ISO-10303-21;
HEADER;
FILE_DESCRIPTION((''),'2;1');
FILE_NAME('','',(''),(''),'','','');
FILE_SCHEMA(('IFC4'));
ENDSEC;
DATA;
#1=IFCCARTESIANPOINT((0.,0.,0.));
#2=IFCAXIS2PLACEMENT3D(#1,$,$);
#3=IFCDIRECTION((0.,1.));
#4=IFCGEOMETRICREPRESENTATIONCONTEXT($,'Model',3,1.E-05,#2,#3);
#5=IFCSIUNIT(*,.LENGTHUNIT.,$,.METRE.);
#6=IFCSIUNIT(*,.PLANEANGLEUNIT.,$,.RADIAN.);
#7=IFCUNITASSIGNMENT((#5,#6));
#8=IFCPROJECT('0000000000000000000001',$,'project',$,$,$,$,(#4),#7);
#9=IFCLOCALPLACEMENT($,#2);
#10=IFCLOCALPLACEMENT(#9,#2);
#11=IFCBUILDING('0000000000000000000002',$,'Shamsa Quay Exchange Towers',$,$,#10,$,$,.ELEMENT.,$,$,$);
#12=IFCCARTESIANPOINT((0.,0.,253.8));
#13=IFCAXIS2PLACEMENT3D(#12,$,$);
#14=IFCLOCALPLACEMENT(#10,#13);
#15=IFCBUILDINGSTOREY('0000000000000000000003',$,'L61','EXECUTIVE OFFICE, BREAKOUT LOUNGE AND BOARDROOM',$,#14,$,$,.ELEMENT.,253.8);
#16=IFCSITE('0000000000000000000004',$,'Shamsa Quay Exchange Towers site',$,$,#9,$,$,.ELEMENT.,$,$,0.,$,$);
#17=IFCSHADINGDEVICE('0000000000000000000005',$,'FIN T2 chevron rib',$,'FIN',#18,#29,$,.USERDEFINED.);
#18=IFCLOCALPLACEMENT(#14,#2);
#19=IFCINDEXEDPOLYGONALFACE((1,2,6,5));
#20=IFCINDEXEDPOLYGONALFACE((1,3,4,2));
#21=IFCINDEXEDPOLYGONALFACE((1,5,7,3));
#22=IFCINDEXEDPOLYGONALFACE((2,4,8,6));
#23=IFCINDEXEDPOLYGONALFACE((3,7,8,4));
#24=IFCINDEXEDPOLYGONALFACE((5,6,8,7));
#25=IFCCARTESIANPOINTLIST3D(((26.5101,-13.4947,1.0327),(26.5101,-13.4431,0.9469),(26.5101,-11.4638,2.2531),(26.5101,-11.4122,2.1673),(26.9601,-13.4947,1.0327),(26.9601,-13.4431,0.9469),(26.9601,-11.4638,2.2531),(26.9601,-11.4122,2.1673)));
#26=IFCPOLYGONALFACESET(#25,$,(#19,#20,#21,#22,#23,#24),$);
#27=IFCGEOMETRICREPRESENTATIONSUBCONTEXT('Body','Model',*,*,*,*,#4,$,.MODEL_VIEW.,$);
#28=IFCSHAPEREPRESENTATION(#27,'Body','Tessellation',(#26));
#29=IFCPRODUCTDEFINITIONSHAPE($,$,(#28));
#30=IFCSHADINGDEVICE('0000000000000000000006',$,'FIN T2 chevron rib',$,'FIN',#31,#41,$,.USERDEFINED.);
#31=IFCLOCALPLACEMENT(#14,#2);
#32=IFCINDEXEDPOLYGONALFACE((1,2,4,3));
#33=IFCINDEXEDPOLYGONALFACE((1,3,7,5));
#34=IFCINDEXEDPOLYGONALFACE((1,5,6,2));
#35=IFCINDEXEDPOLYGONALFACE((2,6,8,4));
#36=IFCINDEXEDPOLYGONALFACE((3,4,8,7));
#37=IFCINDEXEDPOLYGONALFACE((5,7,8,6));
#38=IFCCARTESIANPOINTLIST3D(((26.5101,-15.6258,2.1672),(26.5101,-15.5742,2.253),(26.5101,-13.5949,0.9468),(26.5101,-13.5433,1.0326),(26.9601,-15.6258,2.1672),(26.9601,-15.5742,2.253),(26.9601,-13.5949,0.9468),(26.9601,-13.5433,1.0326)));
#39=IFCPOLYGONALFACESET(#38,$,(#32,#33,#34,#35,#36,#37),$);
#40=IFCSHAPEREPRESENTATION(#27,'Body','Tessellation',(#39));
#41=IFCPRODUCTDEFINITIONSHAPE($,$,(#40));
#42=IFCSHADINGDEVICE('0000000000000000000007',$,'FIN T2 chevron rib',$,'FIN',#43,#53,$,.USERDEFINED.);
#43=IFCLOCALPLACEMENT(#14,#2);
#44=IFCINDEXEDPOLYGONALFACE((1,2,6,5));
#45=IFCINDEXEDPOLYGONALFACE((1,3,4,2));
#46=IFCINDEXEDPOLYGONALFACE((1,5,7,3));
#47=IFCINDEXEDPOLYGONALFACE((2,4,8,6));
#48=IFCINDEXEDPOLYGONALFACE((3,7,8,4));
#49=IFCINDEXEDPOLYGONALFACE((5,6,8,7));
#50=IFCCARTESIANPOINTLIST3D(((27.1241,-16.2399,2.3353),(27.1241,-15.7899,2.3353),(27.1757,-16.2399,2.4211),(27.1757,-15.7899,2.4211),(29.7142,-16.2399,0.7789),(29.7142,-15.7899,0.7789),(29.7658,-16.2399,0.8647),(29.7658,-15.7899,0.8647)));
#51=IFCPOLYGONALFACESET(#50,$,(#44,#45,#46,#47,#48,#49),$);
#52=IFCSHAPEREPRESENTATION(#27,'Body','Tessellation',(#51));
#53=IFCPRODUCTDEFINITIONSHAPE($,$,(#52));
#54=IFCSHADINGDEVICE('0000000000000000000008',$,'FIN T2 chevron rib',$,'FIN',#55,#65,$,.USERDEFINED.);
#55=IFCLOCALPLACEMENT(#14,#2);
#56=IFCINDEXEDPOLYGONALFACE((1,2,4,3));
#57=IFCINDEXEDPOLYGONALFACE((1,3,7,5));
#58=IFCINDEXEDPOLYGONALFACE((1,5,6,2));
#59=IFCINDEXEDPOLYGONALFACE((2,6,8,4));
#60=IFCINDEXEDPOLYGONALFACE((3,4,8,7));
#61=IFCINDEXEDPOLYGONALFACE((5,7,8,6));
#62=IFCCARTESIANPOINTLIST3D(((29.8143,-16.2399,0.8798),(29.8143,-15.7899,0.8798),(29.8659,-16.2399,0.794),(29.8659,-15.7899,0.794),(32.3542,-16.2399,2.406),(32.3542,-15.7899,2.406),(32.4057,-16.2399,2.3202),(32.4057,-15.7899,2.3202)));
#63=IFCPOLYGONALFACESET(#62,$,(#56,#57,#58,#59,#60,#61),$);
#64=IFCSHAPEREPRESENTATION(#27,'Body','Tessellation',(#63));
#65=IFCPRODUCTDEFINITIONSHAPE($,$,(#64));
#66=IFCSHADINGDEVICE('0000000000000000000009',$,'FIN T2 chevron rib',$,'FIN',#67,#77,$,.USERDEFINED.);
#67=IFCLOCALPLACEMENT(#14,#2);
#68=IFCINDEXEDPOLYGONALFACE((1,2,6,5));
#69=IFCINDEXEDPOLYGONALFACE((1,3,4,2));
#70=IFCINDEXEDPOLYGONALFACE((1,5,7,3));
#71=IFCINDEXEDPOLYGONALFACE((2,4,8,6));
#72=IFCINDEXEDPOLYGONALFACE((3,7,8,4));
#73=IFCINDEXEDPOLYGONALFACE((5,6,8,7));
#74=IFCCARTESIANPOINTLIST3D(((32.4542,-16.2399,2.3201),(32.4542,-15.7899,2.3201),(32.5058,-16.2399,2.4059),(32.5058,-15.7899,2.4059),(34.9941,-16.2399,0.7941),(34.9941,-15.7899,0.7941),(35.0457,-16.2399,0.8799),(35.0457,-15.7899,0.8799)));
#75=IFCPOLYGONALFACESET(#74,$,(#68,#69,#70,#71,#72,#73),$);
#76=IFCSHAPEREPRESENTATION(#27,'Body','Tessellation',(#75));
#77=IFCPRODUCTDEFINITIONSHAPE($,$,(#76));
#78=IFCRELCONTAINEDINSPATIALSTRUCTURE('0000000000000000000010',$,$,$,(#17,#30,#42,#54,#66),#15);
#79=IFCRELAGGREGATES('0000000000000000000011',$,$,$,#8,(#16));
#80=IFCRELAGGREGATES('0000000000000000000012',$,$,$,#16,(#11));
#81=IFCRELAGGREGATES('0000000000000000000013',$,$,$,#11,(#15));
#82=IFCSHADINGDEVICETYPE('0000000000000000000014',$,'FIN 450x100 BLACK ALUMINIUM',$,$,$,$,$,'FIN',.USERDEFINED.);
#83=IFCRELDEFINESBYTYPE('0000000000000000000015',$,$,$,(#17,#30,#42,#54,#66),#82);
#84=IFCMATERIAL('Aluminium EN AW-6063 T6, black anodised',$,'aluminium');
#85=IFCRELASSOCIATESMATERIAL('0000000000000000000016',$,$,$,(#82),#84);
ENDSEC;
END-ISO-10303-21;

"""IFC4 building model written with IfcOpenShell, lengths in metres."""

from ifc_helpers import new_model, si_unit, direction, frame, origin, origin_2d, place, context, subcontext, project, spatial, rectangle, extrude, material, material_profile, profile_set, type_object, element, save


model = new_model("IFC4")

# Units and contexts
model_context = context("Model", 3, precision=1e-05, world=origin(), true_north=direction((0.0, 1.0)))
body_context = subcontext(model_context, "Body", "Model", "MODEL_VIEW")
ifc_project = project(units=[si_unit("LENGTHUNIT", "METRE"), si_unit("PLANEANGLEUNIT", "RADIAN")], contexts=[model_context])

# Site, building, storey
site_placement = place(None, origin())
site = spatial("IfcSite", under=ifc_project, at=site_placement, Name="Shamsa Quay Exchange Towers site", CompositionType="ELEMENT", RefElevation=0.0)
building_placement = place(site_placement, origin())
building = spatial("IfcBuilding", under=site, at=building_placement, Name="Shamsa Quay Exchange Towers", CompositionType="ELEMENT")
storey_placement = place(building_placement, frame((0.0, 0.0, 253.8)))
storey = spatial("IfcBuildingStorey", under=building, at=storey_placement, Name="L61", Description="EXECUTIVE OFFICE, BREAKOUT LOUNGE AND BOARDROOM", CompositionType="ELEMENT", Elevation=253.8)

# Shared definitions
ifc_material_1 = material(Name="Aluminium EN AW-6063 T6, black anodised", Category="aluminium")

# Shading devices
ifc_material_profile_1 = material_profile(ifc_material_1, rectangle(XDim=0.45, YDim=0.1001, at=origin_2d()), Name="FIN450x100")
ifc_profile_set_1 = profile_set([ifc_material_profile_1], Name="Aluminium EN AW-6063 T6, black anodised")
shading_device_type = type_object("IfcShadingDeviceType", Name="FIN 450x100 BLACK ALUMINIUM", ElementType="FIN", PredefinedType="USERDEFINED", material=ifc_profile_set_1)
for number, where, z_axis, x_axis, name in (
    (1, (26.7351, -11.438, 2.2102), (0.0, -0.857147, -0.515071), (1.0, 0.0, 0.0), "FIN T2 chevron rib"),
    (2, (26.7351, -13.5691, 0.9897), (0.0, -0.857147, 0.515071), (1.0, 0.0, 0.0), "FIN T2 chevron rib"),
):
    element("IfcShadingDevice", number, at=place(storey_placement, frame(where, z_axis=z_axis, x_axis=x_axis)), inside=storey, type_object=shading_device_type, Name=name, ObjectType="FIN", PredefinedType="USERDEFINED", context=body_context, shape_type="SweptSolid", body=[
        extrude(rectangle(XDim=0.45, YDim=0.1001, at=origin_2d()), origin(), (0.0, 0.0, 1.0), 2.3694),
    ])
shading_device_placement = place(storey_placement, frame((27.1499, -16.0149, 2.3782), z_axis=(0.857151, 0.0, -0.515066), x_axis=(0.0, 1.0, 0.0)))
element("IfcShadingDevice", 3, at=shading_device_placement, inside=storey, type_object=shading_device_type, Name="FIN T2 chevron rib", ObjectType="FIN", PredefinedType="USERDEFINED", context=body_context, shape_type="SweptSolid", body=[
    extrude(rectangle(XDim=0.45, YDim=0.1001, at=origin_2d()), origin(), (0.0, 0.0, 1.0), 3.0217),
])
for number, where, z_axis, x_axis, name in (
    (4, (29.8401, -16.0149, 0.8369), (0.857158, 0.0, 0.515053), (0.0, 1.0, 0.0), "FIN T2 chevron rib"),
    (5, (32.48, -16.0149, 2.363), (0.85718, 0.0, -0.515017), (0.0, 1.0, 0.0), "FIN T2 chevron rib"),
):
    element("IfcShadingDevice", number, at=place(storey_placement, frame(where, z_axis=z_axis, x_axis=x_axis)), inside=storey, type_object=shading_device_type, Name=name, ObjectType="FIN", PredefinedType="USERDEFINED", context=body_context, shape_type="SweptSolid", body=[
        extrude(rectangle(XDim=0.45, YDim=0.1001, at=origin_2d()), origin(), (0.0, 0.0, 1.0), 2.9631),
    ])

save(model, "model.ifc")
